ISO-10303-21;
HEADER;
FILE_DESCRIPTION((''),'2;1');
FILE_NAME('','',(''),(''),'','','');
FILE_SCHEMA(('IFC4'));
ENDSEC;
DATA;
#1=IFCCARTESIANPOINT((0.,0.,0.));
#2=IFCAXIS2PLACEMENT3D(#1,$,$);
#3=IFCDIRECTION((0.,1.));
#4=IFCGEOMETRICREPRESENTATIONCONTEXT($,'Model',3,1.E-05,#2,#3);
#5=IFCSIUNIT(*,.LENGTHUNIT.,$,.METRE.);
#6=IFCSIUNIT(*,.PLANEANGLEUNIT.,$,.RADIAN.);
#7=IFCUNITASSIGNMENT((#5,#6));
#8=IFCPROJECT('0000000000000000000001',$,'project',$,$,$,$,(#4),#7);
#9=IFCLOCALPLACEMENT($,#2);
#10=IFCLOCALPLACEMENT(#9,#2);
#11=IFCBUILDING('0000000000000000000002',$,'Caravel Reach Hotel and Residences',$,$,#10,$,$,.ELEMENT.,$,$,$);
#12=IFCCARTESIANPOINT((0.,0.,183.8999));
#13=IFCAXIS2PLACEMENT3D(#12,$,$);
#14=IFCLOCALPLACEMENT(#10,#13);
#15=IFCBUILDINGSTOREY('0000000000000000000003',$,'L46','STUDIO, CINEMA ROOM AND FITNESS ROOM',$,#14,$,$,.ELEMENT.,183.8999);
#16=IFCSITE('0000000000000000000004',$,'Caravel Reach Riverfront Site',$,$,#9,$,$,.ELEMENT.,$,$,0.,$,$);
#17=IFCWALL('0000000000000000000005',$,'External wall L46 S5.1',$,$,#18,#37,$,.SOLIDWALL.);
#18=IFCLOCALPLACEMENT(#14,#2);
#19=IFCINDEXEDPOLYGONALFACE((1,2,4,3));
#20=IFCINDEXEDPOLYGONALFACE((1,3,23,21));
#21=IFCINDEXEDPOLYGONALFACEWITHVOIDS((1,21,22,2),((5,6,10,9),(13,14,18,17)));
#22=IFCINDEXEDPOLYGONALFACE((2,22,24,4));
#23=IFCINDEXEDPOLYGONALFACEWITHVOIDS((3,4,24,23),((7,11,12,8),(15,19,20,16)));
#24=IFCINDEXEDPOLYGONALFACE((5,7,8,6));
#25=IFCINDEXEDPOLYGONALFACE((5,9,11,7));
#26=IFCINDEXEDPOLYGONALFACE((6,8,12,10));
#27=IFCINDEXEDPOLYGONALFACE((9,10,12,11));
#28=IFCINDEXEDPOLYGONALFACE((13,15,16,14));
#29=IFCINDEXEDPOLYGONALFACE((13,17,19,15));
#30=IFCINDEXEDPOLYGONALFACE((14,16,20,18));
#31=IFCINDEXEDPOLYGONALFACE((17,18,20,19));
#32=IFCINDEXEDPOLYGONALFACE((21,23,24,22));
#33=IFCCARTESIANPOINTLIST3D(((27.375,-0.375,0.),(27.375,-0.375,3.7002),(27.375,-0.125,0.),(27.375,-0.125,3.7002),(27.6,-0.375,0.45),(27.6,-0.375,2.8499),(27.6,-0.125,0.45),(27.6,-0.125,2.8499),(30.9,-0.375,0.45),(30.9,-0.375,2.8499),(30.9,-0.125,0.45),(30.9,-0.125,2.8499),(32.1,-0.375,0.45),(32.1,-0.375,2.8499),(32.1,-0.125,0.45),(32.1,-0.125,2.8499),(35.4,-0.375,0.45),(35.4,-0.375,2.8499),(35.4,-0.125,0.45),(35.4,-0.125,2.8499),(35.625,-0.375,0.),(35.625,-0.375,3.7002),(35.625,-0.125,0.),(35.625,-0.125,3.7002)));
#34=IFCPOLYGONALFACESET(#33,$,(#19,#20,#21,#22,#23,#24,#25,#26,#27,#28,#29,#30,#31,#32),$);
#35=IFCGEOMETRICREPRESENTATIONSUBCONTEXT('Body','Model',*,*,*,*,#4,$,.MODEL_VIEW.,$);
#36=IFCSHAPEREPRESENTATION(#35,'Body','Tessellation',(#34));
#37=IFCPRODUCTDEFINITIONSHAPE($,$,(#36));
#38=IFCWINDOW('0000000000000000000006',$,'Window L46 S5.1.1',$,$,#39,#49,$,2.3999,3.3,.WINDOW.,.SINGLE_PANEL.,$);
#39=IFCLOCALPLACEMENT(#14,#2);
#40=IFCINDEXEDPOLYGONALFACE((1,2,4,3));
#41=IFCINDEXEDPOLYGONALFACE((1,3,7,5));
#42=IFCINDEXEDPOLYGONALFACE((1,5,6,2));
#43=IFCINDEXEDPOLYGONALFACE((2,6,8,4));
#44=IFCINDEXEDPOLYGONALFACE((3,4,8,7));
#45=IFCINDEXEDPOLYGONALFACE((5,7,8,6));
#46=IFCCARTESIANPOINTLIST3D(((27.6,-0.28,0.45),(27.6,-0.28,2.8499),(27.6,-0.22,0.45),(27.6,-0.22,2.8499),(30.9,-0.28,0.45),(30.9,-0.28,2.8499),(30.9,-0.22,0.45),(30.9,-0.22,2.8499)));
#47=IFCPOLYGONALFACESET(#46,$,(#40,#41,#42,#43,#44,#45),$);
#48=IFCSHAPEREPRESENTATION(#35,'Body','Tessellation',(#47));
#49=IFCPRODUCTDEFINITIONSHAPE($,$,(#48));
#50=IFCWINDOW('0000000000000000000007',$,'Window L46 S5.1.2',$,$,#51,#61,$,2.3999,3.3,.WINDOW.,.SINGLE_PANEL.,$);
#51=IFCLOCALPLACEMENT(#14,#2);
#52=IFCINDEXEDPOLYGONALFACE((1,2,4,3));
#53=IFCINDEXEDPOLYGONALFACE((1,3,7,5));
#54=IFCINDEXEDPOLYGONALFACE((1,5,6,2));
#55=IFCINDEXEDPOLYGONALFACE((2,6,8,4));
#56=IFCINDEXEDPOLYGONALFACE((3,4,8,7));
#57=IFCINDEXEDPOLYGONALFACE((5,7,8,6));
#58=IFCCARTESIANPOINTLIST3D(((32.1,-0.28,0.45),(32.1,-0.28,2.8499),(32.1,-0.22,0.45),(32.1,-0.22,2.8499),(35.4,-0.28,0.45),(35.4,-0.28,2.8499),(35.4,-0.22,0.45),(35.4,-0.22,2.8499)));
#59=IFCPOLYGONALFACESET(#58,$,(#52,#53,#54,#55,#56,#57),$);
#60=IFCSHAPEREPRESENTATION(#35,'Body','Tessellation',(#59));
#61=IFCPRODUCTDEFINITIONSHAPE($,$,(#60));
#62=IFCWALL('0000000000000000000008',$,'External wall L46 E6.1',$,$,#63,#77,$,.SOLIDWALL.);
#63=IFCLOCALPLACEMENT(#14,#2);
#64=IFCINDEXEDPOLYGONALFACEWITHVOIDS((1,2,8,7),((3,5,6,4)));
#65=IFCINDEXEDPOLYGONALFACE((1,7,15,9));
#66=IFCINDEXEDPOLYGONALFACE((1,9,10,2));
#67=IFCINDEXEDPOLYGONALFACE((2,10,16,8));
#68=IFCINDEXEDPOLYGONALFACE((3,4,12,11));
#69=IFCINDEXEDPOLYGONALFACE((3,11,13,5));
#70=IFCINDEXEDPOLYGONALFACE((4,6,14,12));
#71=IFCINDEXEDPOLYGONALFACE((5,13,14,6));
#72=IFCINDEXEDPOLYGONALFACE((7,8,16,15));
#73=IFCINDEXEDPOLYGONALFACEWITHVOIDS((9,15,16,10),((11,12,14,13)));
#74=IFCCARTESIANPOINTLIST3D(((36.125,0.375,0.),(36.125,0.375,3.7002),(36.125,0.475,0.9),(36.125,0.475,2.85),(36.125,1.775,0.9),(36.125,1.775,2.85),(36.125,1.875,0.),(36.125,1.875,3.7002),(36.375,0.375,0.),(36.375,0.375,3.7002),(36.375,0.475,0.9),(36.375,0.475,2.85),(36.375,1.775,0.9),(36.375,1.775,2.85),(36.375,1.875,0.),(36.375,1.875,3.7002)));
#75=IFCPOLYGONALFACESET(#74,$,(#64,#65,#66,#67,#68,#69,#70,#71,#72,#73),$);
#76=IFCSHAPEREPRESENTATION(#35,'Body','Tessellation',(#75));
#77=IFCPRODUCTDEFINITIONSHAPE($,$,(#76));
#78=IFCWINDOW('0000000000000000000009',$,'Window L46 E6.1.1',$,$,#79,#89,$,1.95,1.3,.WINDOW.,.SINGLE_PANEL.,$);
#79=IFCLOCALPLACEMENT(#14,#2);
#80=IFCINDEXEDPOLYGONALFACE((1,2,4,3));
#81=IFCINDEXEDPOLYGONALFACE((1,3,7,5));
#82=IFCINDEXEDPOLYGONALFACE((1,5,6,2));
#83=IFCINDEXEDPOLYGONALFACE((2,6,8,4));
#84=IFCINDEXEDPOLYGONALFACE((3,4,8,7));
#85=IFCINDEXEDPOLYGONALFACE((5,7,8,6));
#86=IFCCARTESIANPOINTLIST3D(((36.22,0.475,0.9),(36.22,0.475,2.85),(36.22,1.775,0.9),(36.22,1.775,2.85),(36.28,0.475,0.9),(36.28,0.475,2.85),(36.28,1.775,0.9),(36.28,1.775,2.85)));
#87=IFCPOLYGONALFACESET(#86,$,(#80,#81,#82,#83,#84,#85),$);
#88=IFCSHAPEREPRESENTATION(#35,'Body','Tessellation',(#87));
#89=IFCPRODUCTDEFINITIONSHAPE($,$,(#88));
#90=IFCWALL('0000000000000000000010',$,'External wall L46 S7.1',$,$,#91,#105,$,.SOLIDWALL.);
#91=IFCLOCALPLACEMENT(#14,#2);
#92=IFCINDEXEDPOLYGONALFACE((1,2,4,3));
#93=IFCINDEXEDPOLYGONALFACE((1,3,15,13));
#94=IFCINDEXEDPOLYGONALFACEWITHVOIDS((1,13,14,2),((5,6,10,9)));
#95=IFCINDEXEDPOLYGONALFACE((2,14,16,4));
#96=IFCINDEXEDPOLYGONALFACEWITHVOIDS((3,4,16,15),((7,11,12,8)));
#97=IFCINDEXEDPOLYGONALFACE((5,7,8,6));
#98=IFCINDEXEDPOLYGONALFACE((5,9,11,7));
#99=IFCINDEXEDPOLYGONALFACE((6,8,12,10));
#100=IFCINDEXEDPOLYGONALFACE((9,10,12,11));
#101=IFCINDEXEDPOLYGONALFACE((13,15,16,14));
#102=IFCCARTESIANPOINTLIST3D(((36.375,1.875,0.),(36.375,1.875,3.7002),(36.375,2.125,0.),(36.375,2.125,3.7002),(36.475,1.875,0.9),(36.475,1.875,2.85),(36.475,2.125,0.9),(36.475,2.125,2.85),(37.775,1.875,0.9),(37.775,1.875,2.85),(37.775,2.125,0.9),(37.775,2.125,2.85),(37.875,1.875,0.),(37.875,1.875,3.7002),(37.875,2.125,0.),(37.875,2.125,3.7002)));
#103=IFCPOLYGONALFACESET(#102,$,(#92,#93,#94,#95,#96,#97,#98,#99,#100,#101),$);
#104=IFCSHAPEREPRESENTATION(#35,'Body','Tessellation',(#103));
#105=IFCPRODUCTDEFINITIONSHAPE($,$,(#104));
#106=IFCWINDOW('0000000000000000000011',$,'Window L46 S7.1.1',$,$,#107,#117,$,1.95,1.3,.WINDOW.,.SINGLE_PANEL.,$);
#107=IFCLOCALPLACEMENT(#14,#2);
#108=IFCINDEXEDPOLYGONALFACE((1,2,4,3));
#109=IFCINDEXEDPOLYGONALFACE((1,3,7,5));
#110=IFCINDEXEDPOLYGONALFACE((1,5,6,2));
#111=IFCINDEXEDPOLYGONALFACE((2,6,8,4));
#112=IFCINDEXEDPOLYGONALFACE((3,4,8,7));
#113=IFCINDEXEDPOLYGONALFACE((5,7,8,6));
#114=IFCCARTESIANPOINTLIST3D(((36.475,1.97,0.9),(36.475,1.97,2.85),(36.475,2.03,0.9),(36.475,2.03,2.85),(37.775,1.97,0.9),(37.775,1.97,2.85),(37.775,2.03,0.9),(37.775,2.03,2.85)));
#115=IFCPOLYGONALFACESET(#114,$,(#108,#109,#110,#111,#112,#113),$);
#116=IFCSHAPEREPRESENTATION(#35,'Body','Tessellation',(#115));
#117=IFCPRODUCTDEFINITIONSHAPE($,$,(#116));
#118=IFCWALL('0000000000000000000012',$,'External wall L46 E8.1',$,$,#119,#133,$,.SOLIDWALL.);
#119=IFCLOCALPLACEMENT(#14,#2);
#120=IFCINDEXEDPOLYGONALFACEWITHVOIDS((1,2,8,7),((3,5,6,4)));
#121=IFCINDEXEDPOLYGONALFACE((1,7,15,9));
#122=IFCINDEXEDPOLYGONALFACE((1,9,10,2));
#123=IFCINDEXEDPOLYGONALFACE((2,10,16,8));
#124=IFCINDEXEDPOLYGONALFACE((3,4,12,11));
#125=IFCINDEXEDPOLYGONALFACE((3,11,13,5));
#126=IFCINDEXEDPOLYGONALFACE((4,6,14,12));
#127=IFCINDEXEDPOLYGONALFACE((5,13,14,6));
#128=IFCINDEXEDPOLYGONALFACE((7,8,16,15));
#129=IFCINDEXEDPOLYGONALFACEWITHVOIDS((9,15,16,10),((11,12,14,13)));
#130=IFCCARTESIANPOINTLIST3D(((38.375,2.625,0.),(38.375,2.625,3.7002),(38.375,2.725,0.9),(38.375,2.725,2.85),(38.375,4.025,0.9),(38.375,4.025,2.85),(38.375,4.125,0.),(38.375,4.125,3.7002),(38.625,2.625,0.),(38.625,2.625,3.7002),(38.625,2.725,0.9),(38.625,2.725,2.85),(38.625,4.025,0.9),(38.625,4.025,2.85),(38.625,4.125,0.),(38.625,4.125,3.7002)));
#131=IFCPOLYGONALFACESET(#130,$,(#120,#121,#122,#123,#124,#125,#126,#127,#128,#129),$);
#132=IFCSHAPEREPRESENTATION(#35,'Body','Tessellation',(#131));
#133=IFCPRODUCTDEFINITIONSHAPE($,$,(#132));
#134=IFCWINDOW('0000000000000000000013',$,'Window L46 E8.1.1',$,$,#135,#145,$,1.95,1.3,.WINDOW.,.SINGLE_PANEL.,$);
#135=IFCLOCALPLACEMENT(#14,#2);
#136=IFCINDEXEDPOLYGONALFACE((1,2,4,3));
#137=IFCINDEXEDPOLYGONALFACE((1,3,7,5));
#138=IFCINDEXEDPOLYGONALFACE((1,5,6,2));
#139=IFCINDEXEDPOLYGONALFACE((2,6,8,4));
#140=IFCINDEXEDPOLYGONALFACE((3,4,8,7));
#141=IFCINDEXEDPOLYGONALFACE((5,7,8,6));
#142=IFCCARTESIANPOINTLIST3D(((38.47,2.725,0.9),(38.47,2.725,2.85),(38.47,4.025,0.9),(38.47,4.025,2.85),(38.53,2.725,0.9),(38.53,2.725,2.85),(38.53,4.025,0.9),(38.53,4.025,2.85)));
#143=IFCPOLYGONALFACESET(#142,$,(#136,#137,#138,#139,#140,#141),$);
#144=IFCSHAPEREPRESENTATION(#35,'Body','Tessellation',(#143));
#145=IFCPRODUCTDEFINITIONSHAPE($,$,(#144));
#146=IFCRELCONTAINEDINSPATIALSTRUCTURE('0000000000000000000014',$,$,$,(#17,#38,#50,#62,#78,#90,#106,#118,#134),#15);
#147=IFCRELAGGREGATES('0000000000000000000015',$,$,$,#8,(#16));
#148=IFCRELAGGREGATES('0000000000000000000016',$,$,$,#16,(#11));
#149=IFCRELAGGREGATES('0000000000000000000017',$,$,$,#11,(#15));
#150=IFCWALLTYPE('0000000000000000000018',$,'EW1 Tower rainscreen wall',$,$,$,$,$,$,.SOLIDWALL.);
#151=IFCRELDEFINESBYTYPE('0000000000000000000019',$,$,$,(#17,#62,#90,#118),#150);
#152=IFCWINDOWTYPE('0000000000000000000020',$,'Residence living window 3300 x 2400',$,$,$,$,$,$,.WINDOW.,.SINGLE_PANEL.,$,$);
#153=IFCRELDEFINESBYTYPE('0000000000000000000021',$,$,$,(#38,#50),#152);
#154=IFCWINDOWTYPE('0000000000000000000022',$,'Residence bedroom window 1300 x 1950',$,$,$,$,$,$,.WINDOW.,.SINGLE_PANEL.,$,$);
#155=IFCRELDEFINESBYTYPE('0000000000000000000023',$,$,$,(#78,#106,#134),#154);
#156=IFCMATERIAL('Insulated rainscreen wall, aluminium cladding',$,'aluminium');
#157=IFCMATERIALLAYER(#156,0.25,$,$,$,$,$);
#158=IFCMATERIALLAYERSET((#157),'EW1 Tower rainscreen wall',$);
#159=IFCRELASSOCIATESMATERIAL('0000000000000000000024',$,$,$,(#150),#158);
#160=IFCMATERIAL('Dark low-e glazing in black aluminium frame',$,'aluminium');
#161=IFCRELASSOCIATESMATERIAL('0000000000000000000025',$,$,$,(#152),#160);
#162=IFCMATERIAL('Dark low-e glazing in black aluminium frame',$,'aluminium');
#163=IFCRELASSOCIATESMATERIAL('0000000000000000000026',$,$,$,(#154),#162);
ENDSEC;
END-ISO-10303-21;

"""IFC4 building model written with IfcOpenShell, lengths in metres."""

from ifc_helpers import new_model, si_unit, direction, frame, frame_2d, origin, place, context, subcontext, project, spatial, rectangle, extrude, material, layer, layer_set, type_object, element, fill, save


model = new_model("IFC4")

# Units and contexts
model_context = context("Model", 3, precision=1e-05, world=origin(), true_north=direction((0.0, 1.0)))
body_context = subcontext(model_context, "Body", "Model", "MODEL_VIEW")
ifc_project = project(units=[si_unit("LENGTHUNIT", "METRE"), si_unit("PLANEANGLEUNIT", "RADIAN")], contexts=[model_context])

# Site, building, storey
site_placement = place(None, origin())
site = spatial("IfcSite", under=ifc_project, at=site_placement, Name="Caravel Reach Riverfront Site", CompositionType="ELEMENT", RefElevation=0.0)
building_placement = place(site_placement, origin())
building = spatial("IfcBuilding", under=site, at=building_placement, Name="Caravel Reach Hotel and Residences", CompositionType="ELEMENT")
storey_placement = place(building_placement, frame((0.0, 0.0, 183.8999)))
storey = spatial("IfcBuildingStorey", under=building, at=storey_placement, Name="L46", Description="STUDIO, CINEMA ROOM AND FITNESS ROOM", CompositionType="ELEMENT", Elevation=183.8999)

# Wall, openings, windows
ifc_material_1 = material(Name="Insulated rainscreen wall, aluminium cladding", Category="aluminium")
ifc_layer_1 = layer(ifc_material_1, 0.25)
ifc_layer_set_1 = layer_set([ifc_layer_1], Name="EW1 Tower rainscreen wall")
wall_type_1 = type_object("IfcWallType", Name="EW1 Tower rainscreen wall", PredefinedType="SOLIDWALL", material=ifc_layer_set_1)
wall_1_placement = place(storey_placement, frame((27.375, -0.25, 0.0), z_axis=(0.0, 0.0, 1.0), x_axis=(1.0, 0.0, 0.0)))
wall_1 = element("IfcWall", 1, at=wall_1_placement, inside=storey, type_object=wall_type_1, Name="External wall L46 S5.1", PredefinedType="SOLIDWALL", context=body_context, shape_type="SweptSolid", body=[
    extrude(rectangle(XDim=8.25, YDim=0.25, at=frame_2d((4.125, 0.0))), origin(), (0.0, 0.0, 1.0), 3.7002),
])
opening_1_placement = place(wall_1_placement, frame((0.2251, 0.0, 0.45)))
opening_1 = element("IfcOpeningElement", 2, at=opening_1_placement, cuts=wall_1, PredefinedType="OPENING", context=body_context, shape_type="SweptSolid", body=[
    extrude(rectangle(XDim=3.3, YDim=2.3999, at=frame_2d((1.6499, 1.2))), frame((0.0, 0.135, 0.0), z_axis=(0.0, -1.0, 0.0), x_axis=(1.0, 0.0, 0.0)), (0.0, 0.0, 1.0), 0.27),
])
opening_2_placement = place(wall_1_placement, frame((4.7251, 0.0, 0.45)))
opening_2 = element("IfcOpeningElement", 3, at=opening_2_placement, cuts=wall_1, PredefinedType="OPENING", context=body_context, shape_type="SweptSolid", body=[
    extrude(rectangle(XDim=3.3, YDim=2.3999, at=frame_2d((1.6499, 1.2))), frame((0.0, 0.135, 0.0), z_axis=(0.0, -1.0, 0.0), x_axis=(1.0, 0.0, 0.0)), (0.0, 0.0, 1.0), 0.27),
])
ifc_material_2 = material(Name="Dark low-e glazing in black aluminium frame", Category="aluminium")
window_type_1 = type_object("IfcWindowType", Name="Residence living window 3300 x 2400", PartitioningType="SINGLE_PANEL", PredefinedType="WINDOW", material=ifc_material_2)
window_1_placement = place(opening_1_placement, origin())
window_1 = element("IfcWindow", 4, at=window_1_placement, inside=storey, type_object=window_type_1, Name="Window L46 S5.1.1", OverallHeight=2.3999, OverallWidth=3.3, PartitioningType="SINGLE_PANEL", PredefinedType="WINDOW", context=body_context, shape_type="SweptSolid", body=[
    extrude(rectangle(XDim=3.3, YDim=2.3999, at=frame_2d((1.6499, 1.2))), frame((0.0, 0.03, 0.0), z_axis=(0.0, -1.0, 0.0), x_axis=(1.0, 0.0, 0.0)), (0.0, 0.0, 1.0), 0.0601),
])
fill(opening_1, window_1)
window_2_placement = place(opening_2_placement, origin())
window_2 = element("IfcWindow", 5, at=window_2_placement, inside=storey, type_object=window_type_1, Name="Window L46 S5.1.2", OverallHeight=2.3999, OverallWidth=3.3, PartitioningType="SINGLE_PANEL", PredefinedType="WINDOW", context=body_context, shape_type="SweptSolid", body=[
    extrude(rectangle(XDim=3.3, YDim=2.3999, at=frame_2d((1.6499, 1.2))), frame((0.0, 0.03, 0.0), z_axis=(0.0, -1.0, 0.0), x_axis=(1.0, 0.0, 0.0)), (0.0, 0.0, 1.0), 0.0601),
])
fill(opening_2, window_2)

# Walls, openings, windows
wall_2_placement = place(storey_placement, frame((36.25, 0.375, 0.0), z_axis=(0.0, 0.0, 1.0), x_axis=(0.0, 1.0, 0.0)))
wall_2 = element("IfcWall", 6, at=wall_2_placement, inside=storey, type_object=wall_type_1, Name="External wall L46 E6.1", PredefinedType="SOLIDWALL", context=body_context, shape_type="SweptSolid", body=[
    extrude(rectangle(XDim=1.5, YDim=0.25, at=frame_2d((0.75, 0.0))), origin(), (0.0, 0.0, 1.0), 3.7002),
])
opening_3_placement = place(wall_2_placement, frame((0.1001, 0.0, 0.8999)))
opening_3 = element("IfcOpeningElement", 7, at=opening_3_placement, cuts=wall_2, PredefinedType="OPENING", context=body_context, shape_type="SweptSolid", body=[
    extrude(rectangle(XDim=1.3, YDim=1.95, at=frame_2d((0.6499, 0.9751))), frame((0.0, 0.135, 0.0), z_axis=(0.0, -1.0, 0.0), x_axis=(1.0, 0.0, 0.0)), (0.0, 0.0, 1.0), 0.27),
])
ifc_material_3 = material(Name="Dark low-e glazing in black aluminium frame", Category="aluminium")
window_type_2 = type_object("IfcWindowType", Name="Residence bedroom window 1300 x 1950", PartitioningType="SINGLE_PANEL", PredefinedType="WINDOW", material=ifc_material_3)
window_3_placement = place(opening_3_placement, origin())
window_3 = element("IfcWindow", 8, at=window_3_placement, inside=storey, type_object=window_type_2, Name="Window L46 E6.1.1", OverallHeight=1.95, OverallWidth=1.3, PartitioningType="SINGLE_PANEL", PredefinedType="WINDOW", context=body_context, shape_type="SweptSolid", body=[
    extrude(rectangle(XDim=1.3, YDim=1.95, at=frame_2d((0.6499, 0.9751))), frame((0.0, 0.03, 0.0), z_axis=(0.0, -1.0, 0.0), x_axis=(1.0, 0.0, 0.0)), (0.0, 0.0, 1.0), 0.0601),
])
fill(opening_3, window_3)
wall_3_placement = place(storey_placement, frame((36.375, 2.0, 0.0), z_axis=(0.0, 0.0, 1.0), x_axis=(1.0, 0.0, 0.0)))
wall_3 = element("IfcWall", 9, at=wall_3_placement, inside=storey, type_object=wall_type_1, Name="External wall L46 S7.1", PredefinedType="SOLIDWALL", context=body_context, shape_type="SweptSolid", body=[
    extrude(rectangle(XDim=1.5, YDim=0.25, at=frame_2d((0.75, 0.0))), origin(), (0.0, 0.0, 1.0), 3.7002),
])
opening_4_placement = place(wall_3_placement, frame((0.1001, 0.0, 0.8999)))
opening_4 = element("IfcOpeningElement", 10, at=opening_4_placement, cuts=wall_3, PredefinedType="OPENING", context=body_context, shape_type="SweptSolid", body=[
    extrude(rectangle(XDim=1.3, YDim=1.95, at=frame_2d((0.6499, 0.9751))), frame((0.0, 0.135, 0.0), z_axis=(0.0, -1.0, 0.0), x_axis=(1.0, 0.0, 0.0)), (0.0, 0.0, 1.0), 0.27),
])
window_4_placement = place(opening_4_placement, origin())
window_4 = element("IfcWindow", 11, at=window_4_placement, inside=storey, type_object=window_type_2, Name="Window L46 S7.1.1", OverallHeight=1.95, OverallWidth=1.3, PartitioningType="SINGLE_PANEL", PredefinedType="WINDOW", context=body_context, shape_type="SweptSolid", body=[
    extrude(rectangle(XDim=1.3, YDim=1.95, at=frame_2d((0.6499, 0.9751))), frame((0.0, 0.03, 0.0), z_axis=(0.0, -1.0, 0.0), x_axis=(1.0, 0.0, 0.0)), (0.0, 0.0, 1.0), 0.0601),
])
fill(opening_4, window_4)
wall_4_placement = place(storey_placement, frame((38.5, 2.625, 0.0), z_axis=(0.0, 0.0, 1.0), x_axis=(0.0, 1.0, 0.0)))
wall_4 = element("IfcWall", 12, at=wall_4_placement, inside=storey, type_object=wall_type_1, Name="External wall L46 E8.1", PredefinedType="SOLIDWALL", context=body_context, shape_type="SweptSolid", body=[
    extrude(rectangle(XDim=1.5, YDim=0.25, at=frame_2d((0.75, 0.0))), origin(), (0.0, 0.0, 1.0), 3.7002),
])
opening_5_placement = place(wall_4_placement, frame((0.1001, 0.0, 0.8999)))
opening_5 = element("IfcOpeningElement", 13, at=opening_5_placement, cuts=wall_4, PredefinedType="OPENING", context=body_context, shape_type="SweptSolid", body=[
    extrude(rectangle(XDim=1.3, YDim=1.95, at=frame_2d((0.6499, 0.9751))), frame((0.0, 0.135, 0.0), z_axis=(0.0, -1.0, 0.0), x_axis=(1.0, 0.0, 0.0)), (0.0, 0.0, 1.0), 0.27),
])
window_5_placement = place(opening_5_placement, origin())
window_5 = element("IfcWindow", 14, at=window_5_placement, inside=storey, type_object=window_type_2, Name="Window L46 E8.1.1", OverallHeight=1.95, OverallWidth=1.3, PartitioningType="SINGLE_PANEL", PredefinedType="WINDOW", context=body_context, shape_type="SweptSolid", body=[
    extrude(rectangle(XDim=1.3, YDim=1.95, at=frame_2d((0.6499, 0.9751))), frame((0.0, 0.03, 0.0), z_axis=(0.0, -1.0, 0.0), x_axis=(1.0, 0.0, 0.0)), (0.0, 0.0, 1.0), 0.0601),
])
fill(opening_5, window_5)

save(model, "model.ifc")
